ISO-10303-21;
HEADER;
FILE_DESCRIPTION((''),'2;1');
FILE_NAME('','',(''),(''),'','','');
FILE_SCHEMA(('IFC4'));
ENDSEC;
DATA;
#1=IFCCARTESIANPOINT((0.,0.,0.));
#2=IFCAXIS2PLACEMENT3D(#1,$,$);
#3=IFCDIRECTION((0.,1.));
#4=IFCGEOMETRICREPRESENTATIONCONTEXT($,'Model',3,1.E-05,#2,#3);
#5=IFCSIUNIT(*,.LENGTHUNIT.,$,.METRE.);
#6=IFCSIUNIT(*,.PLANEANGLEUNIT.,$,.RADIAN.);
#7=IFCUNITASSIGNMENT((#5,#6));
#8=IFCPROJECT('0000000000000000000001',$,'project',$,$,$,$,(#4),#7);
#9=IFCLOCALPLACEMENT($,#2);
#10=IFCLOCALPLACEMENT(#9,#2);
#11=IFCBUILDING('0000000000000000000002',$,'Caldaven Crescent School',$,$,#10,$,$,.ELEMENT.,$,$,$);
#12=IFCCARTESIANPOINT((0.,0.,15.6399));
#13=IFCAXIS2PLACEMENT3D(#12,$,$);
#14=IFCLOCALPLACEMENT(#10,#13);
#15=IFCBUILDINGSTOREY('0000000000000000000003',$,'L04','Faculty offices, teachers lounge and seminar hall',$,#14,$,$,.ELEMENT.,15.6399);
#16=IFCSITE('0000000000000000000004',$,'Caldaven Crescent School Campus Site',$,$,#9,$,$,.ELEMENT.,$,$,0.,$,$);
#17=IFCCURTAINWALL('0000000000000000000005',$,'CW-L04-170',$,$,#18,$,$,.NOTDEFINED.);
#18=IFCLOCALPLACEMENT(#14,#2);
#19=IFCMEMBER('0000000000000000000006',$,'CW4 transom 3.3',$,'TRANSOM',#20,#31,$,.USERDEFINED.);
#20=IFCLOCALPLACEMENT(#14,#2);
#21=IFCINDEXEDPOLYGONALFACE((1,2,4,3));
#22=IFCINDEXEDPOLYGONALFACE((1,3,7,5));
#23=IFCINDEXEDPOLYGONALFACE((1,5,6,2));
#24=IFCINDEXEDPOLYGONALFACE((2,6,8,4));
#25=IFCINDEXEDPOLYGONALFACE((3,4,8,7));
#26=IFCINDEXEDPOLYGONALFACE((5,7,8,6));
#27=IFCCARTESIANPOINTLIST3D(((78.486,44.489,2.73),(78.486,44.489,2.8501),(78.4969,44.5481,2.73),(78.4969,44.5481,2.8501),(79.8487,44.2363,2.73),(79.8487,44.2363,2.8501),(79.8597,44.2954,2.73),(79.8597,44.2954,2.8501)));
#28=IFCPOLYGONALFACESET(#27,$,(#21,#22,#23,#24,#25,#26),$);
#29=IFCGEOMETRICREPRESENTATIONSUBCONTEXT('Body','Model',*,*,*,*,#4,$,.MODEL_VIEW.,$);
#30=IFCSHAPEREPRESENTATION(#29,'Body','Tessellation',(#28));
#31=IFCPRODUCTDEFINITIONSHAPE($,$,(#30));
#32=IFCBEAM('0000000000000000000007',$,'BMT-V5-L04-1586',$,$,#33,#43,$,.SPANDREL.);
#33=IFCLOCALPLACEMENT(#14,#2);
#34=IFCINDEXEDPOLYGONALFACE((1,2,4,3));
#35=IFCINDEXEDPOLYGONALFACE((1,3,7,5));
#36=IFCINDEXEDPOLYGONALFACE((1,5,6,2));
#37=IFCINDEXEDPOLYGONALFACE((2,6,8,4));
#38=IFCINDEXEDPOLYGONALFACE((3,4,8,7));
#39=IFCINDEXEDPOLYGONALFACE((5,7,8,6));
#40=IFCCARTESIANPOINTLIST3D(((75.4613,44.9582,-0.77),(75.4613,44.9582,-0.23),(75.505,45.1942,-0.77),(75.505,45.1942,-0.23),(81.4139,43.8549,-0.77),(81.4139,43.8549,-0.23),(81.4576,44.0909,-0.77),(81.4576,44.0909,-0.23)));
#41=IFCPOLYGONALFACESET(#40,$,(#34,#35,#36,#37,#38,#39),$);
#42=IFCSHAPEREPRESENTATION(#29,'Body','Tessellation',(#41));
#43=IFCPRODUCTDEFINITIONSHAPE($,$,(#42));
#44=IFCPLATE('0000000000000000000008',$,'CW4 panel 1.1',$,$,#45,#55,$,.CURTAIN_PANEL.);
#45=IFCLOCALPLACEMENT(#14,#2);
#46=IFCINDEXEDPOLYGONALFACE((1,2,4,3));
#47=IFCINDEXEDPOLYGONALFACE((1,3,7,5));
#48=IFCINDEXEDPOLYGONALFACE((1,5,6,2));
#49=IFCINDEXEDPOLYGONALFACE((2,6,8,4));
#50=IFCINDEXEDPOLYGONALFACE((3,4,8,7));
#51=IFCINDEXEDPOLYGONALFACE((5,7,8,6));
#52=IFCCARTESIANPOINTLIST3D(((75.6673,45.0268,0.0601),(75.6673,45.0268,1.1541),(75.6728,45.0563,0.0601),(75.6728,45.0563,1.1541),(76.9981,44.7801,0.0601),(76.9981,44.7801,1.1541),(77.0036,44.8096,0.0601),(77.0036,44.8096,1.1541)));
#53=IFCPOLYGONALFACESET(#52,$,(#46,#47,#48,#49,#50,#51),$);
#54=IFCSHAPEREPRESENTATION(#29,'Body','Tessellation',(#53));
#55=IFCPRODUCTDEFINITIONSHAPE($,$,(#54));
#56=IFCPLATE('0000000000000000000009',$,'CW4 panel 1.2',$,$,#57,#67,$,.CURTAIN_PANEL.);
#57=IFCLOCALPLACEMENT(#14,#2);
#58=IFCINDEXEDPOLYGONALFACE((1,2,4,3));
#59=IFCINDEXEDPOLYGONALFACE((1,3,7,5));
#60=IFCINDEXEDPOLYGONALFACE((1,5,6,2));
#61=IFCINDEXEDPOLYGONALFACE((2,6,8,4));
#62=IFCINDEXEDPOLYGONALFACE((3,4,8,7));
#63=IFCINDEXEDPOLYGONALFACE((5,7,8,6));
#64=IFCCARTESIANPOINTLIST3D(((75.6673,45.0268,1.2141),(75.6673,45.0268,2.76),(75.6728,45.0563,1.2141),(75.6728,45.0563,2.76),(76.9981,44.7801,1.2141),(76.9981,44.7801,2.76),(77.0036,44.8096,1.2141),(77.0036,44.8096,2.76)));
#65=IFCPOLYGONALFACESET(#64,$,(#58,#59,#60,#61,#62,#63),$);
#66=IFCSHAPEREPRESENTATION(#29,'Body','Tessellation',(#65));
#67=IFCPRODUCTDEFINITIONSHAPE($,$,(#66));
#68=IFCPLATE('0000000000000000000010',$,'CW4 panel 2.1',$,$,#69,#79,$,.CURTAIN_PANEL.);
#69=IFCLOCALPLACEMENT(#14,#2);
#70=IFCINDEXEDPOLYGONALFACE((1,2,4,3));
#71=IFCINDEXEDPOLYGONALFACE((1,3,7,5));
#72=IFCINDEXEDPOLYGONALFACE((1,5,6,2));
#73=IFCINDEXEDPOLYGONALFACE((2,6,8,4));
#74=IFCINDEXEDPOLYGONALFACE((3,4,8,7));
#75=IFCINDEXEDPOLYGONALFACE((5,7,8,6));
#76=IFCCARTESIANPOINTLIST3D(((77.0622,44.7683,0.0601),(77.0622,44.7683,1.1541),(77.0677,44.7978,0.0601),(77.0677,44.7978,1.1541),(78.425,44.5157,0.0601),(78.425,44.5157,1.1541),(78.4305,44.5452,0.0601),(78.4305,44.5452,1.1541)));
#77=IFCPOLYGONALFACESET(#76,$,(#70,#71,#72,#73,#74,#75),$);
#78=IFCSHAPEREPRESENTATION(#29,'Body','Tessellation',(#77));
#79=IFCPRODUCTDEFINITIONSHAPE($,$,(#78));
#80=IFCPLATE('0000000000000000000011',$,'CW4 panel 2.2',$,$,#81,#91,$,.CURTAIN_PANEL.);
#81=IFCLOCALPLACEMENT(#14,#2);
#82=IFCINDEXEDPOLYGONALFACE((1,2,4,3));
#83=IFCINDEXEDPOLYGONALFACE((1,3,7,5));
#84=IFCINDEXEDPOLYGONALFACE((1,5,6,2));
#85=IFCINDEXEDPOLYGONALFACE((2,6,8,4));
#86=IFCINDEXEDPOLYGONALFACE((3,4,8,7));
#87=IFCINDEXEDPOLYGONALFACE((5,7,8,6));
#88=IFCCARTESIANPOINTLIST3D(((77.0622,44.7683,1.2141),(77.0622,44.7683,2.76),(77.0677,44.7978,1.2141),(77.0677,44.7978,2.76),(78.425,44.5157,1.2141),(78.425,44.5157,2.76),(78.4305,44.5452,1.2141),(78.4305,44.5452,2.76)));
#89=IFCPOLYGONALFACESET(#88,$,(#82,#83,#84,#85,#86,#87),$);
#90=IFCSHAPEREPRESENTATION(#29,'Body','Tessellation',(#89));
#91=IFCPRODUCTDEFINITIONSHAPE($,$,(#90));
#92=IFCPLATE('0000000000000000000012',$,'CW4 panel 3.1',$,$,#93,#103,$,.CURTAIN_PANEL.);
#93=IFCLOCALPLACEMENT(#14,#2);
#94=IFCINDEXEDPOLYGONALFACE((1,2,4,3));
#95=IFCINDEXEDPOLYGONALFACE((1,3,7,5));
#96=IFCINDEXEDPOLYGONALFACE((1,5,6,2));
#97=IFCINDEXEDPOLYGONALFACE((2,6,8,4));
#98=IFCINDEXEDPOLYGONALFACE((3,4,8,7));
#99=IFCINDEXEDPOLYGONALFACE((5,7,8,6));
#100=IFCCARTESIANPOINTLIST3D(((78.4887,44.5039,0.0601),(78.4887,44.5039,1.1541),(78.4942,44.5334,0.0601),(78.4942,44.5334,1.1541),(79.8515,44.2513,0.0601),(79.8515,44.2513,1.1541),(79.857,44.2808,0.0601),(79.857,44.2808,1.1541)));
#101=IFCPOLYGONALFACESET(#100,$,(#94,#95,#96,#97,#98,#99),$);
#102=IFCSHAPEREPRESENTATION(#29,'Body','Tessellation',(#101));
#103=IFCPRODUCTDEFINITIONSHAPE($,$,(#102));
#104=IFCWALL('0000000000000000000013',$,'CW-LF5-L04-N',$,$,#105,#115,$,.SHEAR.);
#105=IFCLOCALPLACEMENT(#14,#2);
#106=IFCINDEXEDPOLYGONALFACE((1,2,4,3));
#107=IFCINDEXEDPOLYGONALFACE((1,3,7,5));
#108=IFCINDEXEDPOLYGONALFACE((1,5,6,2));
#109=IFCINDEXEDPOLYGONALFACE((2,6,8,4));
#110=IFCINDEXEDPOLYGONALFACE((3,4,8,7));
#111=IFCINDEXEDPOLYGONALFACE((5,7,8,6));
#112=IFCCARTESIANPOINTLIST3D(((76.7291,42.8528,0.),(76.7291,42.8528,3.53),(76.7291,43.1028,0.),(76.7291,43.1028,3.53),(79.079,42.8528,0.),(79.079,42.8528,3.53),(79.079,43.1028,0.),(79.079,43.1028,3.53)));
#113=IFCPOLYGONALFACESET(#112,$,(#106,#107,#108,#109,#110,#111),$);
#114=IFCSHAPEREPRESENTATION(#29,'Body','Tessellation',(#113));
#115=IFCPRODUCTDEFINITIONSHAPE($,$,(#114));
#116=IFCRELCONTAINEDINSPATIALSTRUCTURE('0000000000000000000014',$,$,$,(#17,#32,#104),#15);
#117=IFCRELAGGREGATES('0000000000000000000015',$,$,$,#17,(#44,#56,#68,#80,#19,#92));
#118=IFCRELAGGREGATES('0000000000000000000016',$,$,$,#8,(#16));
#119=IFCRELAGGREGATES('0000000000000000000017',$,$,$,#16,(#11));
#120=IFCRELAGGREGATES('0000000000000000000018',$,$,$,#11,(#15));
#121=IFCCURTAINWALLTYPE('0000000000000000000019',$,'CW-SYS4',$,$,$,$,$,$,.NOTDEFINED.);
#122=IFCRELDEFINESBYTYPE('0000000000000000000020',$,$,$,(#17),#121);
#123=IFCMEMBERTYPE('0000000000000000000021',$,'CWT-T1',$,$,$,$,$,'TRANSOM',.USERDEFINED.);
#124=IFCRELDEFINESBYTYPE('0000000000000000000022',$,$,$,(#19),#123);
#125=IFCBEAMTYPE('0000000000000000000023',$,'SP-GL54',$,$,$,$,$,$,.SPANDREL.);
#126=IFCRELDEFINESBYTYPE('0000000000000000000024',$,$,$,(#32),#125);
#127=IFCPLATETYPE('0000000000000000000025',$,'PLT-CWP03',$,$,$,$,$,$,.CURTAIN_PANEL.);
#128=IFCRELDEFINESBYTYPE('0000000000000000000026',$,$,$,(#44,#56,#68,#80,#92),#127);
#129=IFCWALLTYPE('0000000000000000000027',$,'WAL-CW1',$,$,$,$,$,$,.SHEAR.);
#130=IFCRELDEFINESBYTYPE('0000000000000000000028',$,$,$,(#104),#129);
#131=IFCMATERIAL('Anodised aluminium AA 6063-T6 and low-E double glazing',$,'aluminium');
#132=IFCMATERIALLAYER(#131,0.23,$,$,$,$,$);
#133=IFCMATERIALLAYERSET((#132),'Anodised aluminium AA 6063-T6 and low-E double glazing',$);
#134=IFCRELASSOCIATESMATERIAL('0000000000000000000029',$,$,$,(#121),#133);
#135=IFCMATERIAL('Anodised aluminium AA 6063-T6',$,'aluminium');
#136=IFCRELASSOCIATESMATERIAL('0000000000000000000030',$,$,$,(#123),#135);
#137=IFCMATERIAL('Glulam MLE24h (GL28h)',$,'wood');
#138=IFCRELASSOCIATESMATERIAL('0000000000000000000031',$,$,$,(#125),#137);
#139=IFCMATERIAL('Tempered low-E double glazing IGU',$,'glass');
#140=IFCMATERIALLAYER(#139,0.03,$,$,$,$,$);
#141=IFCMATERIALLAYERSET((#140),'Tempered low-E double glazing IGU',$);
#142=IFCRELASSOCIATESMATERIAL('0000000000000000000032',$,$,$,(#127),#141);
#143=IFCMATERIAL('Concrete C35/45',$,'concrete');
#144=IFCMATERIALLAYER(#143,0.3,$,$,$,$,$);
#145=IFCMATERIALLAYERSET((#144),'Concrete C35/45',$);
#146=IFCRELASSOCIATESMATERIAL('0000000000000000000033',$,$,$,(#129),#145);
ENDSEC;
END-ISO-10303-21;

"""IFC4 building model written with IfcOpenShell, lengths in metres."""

from ifc_helpers import new_model, si_unit, direction, frame, frame_2d, origin, origin_2d, place, context, subcontext, project, spatial, rectangle, extrude, material, layer, layer_set, material_profile, profile_set, type_object, element, aggregate, save


model = new_model("IFC4")

# Units and contexts
model_context = context("Model", 3, precision=1e-05, world=origin(), true_north=direction((0.0, 1.0)))
body_context = subcontext(model_context, "Body", "Model", "MODEL_VIEW")
ifc_project = project(units=[si_unit("LENGTHUNIT", "METRE"), si_unit("PLANEANGLEUNIT", "RADIAN")], contexts=[model_context])

# Site, building, storey
site_placement = place(None, origin())
site = spatial("IfcSite", under=ifc_project, at=site_placement, Name="Caldaven Crescent School Campus Site", CompositionType="ELEMENT", RefElevation=0.0)
building_placement = place(site_placement, origin())
building = spatial("IfcBuilding", under=site, at=building_placement, Name="Caldaven Crescent School", CompositionType="ELEMENT")
storey_placement = place(building_placement, frame((0.0, 0.0, 15.6399)))
storey = spatial("IfcBuildingStorey", under=building, at=storey_placement, Name="L04", Description="Faculty offices, teachers lounge and seminar hall", CompositionType="ELEMENT", Elevation=15.6399)

# Shared definitions
ifc_material_1 = material(Name="Glulam MLE24h (GL28h)", Category="wood")

# Shared definitions
ifc_material_2 = material(Name="Anodised aluminium AA 6063-T6 and low-E double glazing", Category="aluminium")
ifc_material_3 = material(Name="Anodised aluminium AA 6063-T6", Category="aluminium")

# Curtain wall, member
ifc_layer_1 = layer(ifc_material_2, 0.23)
ifc_layer_set_1 = layer_set([ifc_layer_1], Name="Anodised aluminium AA 6063-T6 and low-E double glazing")
curtain_wall_type_1 = type_object("IfcCurtainWallType", Name="CW-SYS4", PredefinedType="NOTDEFINED", material=ifc_layer_set_1)
curtain_wall_1_placement = place(storey_placement, origin())
curtain_wall_1 = element("IfcCurtainWall", 1, at=curtain_wall_1_placement, inside=storey, type_object=curtain_wall_type_1, Name="CW-L04-170", PredefinedType="NOTDEFINED")
ifc_material_profile_1 = material_profile(ifc_material_3, rectangle(XDim=0.0601, YDim=0.1201, at=origin_2d()), Name="CWT 60x120")
ifc_profile_set_1 = profile_set([ifc_material_profile_1], Name="Anodised aluminium AA 6063-T6")
member_type_1 = type_object("IfcMemberType", Name="CWT-T1", ElementType="TRANSOM", PredefinedType="USERDEFINED", material=ifc_profile_set_1)
member_1_placement = place(storey_placement, frame((78.4915, 44.5186, 2.79), z_axis=(0.983241, -0.18231, 0.0), x_axis=(0.18231, 0.983241, 0.0)))
member_1 = element("IfcMember", 2, at=member_1_placement, type_object=member_type_1, Name="CW4 transom 3.3", ObjectType="TRANSOM", PredefinedType="USERDEFINED", context=body_context, shape_type="SweptSolid", body=[
    extrude(rectangle(XDim=0.0601, YDim=0.1201, at=origin_2d()), origin(), (0.0, 0.0, 1.0), 1.386),
])

# Beam
ifc_material_profile_2 = material_profile(ifc_material_1, rectangle(XDim=0.24, YDim=0.54, at=origin_2d()), Name="MLE 240x540")
ifc_profile_set_2 = profile_set([ifc_material_profile_2], Name="Glulam MLE24h (GL28h)")
beam_type_1 = type_object("IfcBeamType", Name="SP-GL54", PredefinedType="SPANDREL", material=ifc_profile_set_2)
beam_1_placement = place(storey_placement, frame((75.4832, 45.0762, -0.5), z_axis=(0.983254, -0.182238, 0.0), x_axis=(0.182238, 0.983254, 0.0)))
element("IfcBeam", 3, at=beam_1_placement, inside=storey, type_object=beam_type_1, Name="BMT-V5-L04-1586", PredefinedType="SPANDREL", context=body_context, shape_type="SweptSolid", body=[
    extrude(rectangle(XDim=0.24, YDim=0.54, at=origin_2d()), origin(), (0.0, 0.0, 1.0), 6.054),
])

# Plates
ifc_material_4 = material(Name="Tempered low-E double glazing IGU", Category="glass")
ifc_layer_2 = layer(ifc_material_4, 0.03)
ifc_layer_set_2 = layer_set([ifc_layer_2], Name="Tempered low-E double glazing IGU")
plate_type = type_object("IfcPlateType", Name="PLT-CWP03", PredefinedType="CURTAIN_PANEL", material=ifc_layer_set_2)
plate_1_placement = place(storey_placement, frame((76.3354, 44.9182, 0.0601), z_axis=(0.0, 0.0, 1.0), x_axis=(0.983255, -0.182236, 0.0)))
plate_1 = element("IfcPlate", 4, at=plate_1_placement, type_object=plate_type, Name="CW4 panel 1.1", PredefinedType="CURTAIN_PANEL", context=body_context, shape_type="SweptSolid", body=[
    extrude(rectangle(XDim=1.3535, YDim=0.03, at=origin_2d()), origin(), (0.0, 0.0, 1.0), 1.094),
])
plate_2_placement = place(storey_placement, frame((76.3354, 44.9182, 1.2141), z_axis=(0.0, 0.0, 1.0), x_axis=(0.983255, -0.182236, 0.0)))
plate_2 = element("IfcPlate", 5, at=plate_2_placement, type_object=plate_type, Name="CW4 panel 1.2", PredefinedType="CURTAIN_PANEL", context=body_context, shape_type="SweptSolid", body=[
    extrude(rectangle(XDim=1.3535, YDim=0.03, at=origin_2d()), origin(), (0.0, 0.0, 1.0), 1.5459),
])
plate_3_placement = place(storey_placement, frame((77.7463, 44.6567, 0.0601), z_axis=(0.0, 0.0, 1.0), x_axis=(0.983255, -0.182236, 0.0)))
plate_3 = element("IfcPlate", 6, at=plate_3_placement, type_object=plate_type, Name="CW4 panel 2.1", PredefinedType="CURTAIN_PANEL", context=body_context, shape_type="SweptSolid", body=[
    extrude(rectangle(XDim=1.386, YDim=0.03, at=origin_2d()), origin(), (0.0, 0.0, 1.0), 1.094),
])
plate_4_placement = place(storey_placement, frame((77.7463, 44.6567, 1.2141), z_axis=(0.0, 0.0, 1.0), x_axis=(0.983255, -0.182236, 0.0)))
plate_4 = element("IfcPlate", 7, at=plate_4_placement, type_object=plate_type, Name="CW4 panel 2.2", PredefinedType="CURTAIN_PANEL", context=body_context, shape_type="SweptSolid", body=[
    extrude(rectangle(XDim=1.386, YDim=0.03, at=origin_2d()), origin(), (0.0, 0.0, 1.0), 1.5459),
])
plate_5_placement = place(storey_placement, frame((79.1729, 44.3923, 0.0601), z_axis=(0.0, 0.0, 1.0), x_axis=(0.983255, -0.182236, 0.0)))
plate_5 = element("IfcPlate", 8, at=plate_5_placement, type_object=plate_type, Name="CW4 panel 3.1", PredefinedType="CURTAIN_PANEL", context=body_context, shape_type="SweptSolid", body=[
    extrude(rectangle(XDim=1.386, YDim=0.03, at=origin_2d()), origin(), (0.0, 0.0, 1.0), 1.094),
])
aggregate(curtain_wall_1, [plate_1, plate_2, plate_3, plate_4, member_1, plate_5])

# Wall
ifc_material_5 = material(Name="Concrete C35/45", Category="concrete")
ifc_layer_3 = layer(ifc_material_5, 0.3)
ifc_layer_set_3 = layer_set([ifc_layer_3], Name="Concrete C35/45")
wall_type = type_object("IfcWallType", Name="WAL-CW1", PredefinedType="SHEAR", material=ifc_layer_set_3)
wall_placement = place(storey_placement, frame((76.7292, 42.9778, 0.0), z_axis=(0.0, 0.0, 1.0), x_axis=(1.0, 0.0, 0.0)))
element("IfcWall", 9, at=wall_placement, inside=storey, type_object=wall_type, Name="CW-LF5-L04-N", PredefinedType="SHEAR", context=body_context, shape_type="SweptSolid", body=[
    extrude(rectangle(XDim=2.3499, YDim=0.25, at=frame_2d((1.1748, 0.0))), origin(), (0.0, 0.0, 1.0), 3.53),
])

save(model, "model.ifc")
